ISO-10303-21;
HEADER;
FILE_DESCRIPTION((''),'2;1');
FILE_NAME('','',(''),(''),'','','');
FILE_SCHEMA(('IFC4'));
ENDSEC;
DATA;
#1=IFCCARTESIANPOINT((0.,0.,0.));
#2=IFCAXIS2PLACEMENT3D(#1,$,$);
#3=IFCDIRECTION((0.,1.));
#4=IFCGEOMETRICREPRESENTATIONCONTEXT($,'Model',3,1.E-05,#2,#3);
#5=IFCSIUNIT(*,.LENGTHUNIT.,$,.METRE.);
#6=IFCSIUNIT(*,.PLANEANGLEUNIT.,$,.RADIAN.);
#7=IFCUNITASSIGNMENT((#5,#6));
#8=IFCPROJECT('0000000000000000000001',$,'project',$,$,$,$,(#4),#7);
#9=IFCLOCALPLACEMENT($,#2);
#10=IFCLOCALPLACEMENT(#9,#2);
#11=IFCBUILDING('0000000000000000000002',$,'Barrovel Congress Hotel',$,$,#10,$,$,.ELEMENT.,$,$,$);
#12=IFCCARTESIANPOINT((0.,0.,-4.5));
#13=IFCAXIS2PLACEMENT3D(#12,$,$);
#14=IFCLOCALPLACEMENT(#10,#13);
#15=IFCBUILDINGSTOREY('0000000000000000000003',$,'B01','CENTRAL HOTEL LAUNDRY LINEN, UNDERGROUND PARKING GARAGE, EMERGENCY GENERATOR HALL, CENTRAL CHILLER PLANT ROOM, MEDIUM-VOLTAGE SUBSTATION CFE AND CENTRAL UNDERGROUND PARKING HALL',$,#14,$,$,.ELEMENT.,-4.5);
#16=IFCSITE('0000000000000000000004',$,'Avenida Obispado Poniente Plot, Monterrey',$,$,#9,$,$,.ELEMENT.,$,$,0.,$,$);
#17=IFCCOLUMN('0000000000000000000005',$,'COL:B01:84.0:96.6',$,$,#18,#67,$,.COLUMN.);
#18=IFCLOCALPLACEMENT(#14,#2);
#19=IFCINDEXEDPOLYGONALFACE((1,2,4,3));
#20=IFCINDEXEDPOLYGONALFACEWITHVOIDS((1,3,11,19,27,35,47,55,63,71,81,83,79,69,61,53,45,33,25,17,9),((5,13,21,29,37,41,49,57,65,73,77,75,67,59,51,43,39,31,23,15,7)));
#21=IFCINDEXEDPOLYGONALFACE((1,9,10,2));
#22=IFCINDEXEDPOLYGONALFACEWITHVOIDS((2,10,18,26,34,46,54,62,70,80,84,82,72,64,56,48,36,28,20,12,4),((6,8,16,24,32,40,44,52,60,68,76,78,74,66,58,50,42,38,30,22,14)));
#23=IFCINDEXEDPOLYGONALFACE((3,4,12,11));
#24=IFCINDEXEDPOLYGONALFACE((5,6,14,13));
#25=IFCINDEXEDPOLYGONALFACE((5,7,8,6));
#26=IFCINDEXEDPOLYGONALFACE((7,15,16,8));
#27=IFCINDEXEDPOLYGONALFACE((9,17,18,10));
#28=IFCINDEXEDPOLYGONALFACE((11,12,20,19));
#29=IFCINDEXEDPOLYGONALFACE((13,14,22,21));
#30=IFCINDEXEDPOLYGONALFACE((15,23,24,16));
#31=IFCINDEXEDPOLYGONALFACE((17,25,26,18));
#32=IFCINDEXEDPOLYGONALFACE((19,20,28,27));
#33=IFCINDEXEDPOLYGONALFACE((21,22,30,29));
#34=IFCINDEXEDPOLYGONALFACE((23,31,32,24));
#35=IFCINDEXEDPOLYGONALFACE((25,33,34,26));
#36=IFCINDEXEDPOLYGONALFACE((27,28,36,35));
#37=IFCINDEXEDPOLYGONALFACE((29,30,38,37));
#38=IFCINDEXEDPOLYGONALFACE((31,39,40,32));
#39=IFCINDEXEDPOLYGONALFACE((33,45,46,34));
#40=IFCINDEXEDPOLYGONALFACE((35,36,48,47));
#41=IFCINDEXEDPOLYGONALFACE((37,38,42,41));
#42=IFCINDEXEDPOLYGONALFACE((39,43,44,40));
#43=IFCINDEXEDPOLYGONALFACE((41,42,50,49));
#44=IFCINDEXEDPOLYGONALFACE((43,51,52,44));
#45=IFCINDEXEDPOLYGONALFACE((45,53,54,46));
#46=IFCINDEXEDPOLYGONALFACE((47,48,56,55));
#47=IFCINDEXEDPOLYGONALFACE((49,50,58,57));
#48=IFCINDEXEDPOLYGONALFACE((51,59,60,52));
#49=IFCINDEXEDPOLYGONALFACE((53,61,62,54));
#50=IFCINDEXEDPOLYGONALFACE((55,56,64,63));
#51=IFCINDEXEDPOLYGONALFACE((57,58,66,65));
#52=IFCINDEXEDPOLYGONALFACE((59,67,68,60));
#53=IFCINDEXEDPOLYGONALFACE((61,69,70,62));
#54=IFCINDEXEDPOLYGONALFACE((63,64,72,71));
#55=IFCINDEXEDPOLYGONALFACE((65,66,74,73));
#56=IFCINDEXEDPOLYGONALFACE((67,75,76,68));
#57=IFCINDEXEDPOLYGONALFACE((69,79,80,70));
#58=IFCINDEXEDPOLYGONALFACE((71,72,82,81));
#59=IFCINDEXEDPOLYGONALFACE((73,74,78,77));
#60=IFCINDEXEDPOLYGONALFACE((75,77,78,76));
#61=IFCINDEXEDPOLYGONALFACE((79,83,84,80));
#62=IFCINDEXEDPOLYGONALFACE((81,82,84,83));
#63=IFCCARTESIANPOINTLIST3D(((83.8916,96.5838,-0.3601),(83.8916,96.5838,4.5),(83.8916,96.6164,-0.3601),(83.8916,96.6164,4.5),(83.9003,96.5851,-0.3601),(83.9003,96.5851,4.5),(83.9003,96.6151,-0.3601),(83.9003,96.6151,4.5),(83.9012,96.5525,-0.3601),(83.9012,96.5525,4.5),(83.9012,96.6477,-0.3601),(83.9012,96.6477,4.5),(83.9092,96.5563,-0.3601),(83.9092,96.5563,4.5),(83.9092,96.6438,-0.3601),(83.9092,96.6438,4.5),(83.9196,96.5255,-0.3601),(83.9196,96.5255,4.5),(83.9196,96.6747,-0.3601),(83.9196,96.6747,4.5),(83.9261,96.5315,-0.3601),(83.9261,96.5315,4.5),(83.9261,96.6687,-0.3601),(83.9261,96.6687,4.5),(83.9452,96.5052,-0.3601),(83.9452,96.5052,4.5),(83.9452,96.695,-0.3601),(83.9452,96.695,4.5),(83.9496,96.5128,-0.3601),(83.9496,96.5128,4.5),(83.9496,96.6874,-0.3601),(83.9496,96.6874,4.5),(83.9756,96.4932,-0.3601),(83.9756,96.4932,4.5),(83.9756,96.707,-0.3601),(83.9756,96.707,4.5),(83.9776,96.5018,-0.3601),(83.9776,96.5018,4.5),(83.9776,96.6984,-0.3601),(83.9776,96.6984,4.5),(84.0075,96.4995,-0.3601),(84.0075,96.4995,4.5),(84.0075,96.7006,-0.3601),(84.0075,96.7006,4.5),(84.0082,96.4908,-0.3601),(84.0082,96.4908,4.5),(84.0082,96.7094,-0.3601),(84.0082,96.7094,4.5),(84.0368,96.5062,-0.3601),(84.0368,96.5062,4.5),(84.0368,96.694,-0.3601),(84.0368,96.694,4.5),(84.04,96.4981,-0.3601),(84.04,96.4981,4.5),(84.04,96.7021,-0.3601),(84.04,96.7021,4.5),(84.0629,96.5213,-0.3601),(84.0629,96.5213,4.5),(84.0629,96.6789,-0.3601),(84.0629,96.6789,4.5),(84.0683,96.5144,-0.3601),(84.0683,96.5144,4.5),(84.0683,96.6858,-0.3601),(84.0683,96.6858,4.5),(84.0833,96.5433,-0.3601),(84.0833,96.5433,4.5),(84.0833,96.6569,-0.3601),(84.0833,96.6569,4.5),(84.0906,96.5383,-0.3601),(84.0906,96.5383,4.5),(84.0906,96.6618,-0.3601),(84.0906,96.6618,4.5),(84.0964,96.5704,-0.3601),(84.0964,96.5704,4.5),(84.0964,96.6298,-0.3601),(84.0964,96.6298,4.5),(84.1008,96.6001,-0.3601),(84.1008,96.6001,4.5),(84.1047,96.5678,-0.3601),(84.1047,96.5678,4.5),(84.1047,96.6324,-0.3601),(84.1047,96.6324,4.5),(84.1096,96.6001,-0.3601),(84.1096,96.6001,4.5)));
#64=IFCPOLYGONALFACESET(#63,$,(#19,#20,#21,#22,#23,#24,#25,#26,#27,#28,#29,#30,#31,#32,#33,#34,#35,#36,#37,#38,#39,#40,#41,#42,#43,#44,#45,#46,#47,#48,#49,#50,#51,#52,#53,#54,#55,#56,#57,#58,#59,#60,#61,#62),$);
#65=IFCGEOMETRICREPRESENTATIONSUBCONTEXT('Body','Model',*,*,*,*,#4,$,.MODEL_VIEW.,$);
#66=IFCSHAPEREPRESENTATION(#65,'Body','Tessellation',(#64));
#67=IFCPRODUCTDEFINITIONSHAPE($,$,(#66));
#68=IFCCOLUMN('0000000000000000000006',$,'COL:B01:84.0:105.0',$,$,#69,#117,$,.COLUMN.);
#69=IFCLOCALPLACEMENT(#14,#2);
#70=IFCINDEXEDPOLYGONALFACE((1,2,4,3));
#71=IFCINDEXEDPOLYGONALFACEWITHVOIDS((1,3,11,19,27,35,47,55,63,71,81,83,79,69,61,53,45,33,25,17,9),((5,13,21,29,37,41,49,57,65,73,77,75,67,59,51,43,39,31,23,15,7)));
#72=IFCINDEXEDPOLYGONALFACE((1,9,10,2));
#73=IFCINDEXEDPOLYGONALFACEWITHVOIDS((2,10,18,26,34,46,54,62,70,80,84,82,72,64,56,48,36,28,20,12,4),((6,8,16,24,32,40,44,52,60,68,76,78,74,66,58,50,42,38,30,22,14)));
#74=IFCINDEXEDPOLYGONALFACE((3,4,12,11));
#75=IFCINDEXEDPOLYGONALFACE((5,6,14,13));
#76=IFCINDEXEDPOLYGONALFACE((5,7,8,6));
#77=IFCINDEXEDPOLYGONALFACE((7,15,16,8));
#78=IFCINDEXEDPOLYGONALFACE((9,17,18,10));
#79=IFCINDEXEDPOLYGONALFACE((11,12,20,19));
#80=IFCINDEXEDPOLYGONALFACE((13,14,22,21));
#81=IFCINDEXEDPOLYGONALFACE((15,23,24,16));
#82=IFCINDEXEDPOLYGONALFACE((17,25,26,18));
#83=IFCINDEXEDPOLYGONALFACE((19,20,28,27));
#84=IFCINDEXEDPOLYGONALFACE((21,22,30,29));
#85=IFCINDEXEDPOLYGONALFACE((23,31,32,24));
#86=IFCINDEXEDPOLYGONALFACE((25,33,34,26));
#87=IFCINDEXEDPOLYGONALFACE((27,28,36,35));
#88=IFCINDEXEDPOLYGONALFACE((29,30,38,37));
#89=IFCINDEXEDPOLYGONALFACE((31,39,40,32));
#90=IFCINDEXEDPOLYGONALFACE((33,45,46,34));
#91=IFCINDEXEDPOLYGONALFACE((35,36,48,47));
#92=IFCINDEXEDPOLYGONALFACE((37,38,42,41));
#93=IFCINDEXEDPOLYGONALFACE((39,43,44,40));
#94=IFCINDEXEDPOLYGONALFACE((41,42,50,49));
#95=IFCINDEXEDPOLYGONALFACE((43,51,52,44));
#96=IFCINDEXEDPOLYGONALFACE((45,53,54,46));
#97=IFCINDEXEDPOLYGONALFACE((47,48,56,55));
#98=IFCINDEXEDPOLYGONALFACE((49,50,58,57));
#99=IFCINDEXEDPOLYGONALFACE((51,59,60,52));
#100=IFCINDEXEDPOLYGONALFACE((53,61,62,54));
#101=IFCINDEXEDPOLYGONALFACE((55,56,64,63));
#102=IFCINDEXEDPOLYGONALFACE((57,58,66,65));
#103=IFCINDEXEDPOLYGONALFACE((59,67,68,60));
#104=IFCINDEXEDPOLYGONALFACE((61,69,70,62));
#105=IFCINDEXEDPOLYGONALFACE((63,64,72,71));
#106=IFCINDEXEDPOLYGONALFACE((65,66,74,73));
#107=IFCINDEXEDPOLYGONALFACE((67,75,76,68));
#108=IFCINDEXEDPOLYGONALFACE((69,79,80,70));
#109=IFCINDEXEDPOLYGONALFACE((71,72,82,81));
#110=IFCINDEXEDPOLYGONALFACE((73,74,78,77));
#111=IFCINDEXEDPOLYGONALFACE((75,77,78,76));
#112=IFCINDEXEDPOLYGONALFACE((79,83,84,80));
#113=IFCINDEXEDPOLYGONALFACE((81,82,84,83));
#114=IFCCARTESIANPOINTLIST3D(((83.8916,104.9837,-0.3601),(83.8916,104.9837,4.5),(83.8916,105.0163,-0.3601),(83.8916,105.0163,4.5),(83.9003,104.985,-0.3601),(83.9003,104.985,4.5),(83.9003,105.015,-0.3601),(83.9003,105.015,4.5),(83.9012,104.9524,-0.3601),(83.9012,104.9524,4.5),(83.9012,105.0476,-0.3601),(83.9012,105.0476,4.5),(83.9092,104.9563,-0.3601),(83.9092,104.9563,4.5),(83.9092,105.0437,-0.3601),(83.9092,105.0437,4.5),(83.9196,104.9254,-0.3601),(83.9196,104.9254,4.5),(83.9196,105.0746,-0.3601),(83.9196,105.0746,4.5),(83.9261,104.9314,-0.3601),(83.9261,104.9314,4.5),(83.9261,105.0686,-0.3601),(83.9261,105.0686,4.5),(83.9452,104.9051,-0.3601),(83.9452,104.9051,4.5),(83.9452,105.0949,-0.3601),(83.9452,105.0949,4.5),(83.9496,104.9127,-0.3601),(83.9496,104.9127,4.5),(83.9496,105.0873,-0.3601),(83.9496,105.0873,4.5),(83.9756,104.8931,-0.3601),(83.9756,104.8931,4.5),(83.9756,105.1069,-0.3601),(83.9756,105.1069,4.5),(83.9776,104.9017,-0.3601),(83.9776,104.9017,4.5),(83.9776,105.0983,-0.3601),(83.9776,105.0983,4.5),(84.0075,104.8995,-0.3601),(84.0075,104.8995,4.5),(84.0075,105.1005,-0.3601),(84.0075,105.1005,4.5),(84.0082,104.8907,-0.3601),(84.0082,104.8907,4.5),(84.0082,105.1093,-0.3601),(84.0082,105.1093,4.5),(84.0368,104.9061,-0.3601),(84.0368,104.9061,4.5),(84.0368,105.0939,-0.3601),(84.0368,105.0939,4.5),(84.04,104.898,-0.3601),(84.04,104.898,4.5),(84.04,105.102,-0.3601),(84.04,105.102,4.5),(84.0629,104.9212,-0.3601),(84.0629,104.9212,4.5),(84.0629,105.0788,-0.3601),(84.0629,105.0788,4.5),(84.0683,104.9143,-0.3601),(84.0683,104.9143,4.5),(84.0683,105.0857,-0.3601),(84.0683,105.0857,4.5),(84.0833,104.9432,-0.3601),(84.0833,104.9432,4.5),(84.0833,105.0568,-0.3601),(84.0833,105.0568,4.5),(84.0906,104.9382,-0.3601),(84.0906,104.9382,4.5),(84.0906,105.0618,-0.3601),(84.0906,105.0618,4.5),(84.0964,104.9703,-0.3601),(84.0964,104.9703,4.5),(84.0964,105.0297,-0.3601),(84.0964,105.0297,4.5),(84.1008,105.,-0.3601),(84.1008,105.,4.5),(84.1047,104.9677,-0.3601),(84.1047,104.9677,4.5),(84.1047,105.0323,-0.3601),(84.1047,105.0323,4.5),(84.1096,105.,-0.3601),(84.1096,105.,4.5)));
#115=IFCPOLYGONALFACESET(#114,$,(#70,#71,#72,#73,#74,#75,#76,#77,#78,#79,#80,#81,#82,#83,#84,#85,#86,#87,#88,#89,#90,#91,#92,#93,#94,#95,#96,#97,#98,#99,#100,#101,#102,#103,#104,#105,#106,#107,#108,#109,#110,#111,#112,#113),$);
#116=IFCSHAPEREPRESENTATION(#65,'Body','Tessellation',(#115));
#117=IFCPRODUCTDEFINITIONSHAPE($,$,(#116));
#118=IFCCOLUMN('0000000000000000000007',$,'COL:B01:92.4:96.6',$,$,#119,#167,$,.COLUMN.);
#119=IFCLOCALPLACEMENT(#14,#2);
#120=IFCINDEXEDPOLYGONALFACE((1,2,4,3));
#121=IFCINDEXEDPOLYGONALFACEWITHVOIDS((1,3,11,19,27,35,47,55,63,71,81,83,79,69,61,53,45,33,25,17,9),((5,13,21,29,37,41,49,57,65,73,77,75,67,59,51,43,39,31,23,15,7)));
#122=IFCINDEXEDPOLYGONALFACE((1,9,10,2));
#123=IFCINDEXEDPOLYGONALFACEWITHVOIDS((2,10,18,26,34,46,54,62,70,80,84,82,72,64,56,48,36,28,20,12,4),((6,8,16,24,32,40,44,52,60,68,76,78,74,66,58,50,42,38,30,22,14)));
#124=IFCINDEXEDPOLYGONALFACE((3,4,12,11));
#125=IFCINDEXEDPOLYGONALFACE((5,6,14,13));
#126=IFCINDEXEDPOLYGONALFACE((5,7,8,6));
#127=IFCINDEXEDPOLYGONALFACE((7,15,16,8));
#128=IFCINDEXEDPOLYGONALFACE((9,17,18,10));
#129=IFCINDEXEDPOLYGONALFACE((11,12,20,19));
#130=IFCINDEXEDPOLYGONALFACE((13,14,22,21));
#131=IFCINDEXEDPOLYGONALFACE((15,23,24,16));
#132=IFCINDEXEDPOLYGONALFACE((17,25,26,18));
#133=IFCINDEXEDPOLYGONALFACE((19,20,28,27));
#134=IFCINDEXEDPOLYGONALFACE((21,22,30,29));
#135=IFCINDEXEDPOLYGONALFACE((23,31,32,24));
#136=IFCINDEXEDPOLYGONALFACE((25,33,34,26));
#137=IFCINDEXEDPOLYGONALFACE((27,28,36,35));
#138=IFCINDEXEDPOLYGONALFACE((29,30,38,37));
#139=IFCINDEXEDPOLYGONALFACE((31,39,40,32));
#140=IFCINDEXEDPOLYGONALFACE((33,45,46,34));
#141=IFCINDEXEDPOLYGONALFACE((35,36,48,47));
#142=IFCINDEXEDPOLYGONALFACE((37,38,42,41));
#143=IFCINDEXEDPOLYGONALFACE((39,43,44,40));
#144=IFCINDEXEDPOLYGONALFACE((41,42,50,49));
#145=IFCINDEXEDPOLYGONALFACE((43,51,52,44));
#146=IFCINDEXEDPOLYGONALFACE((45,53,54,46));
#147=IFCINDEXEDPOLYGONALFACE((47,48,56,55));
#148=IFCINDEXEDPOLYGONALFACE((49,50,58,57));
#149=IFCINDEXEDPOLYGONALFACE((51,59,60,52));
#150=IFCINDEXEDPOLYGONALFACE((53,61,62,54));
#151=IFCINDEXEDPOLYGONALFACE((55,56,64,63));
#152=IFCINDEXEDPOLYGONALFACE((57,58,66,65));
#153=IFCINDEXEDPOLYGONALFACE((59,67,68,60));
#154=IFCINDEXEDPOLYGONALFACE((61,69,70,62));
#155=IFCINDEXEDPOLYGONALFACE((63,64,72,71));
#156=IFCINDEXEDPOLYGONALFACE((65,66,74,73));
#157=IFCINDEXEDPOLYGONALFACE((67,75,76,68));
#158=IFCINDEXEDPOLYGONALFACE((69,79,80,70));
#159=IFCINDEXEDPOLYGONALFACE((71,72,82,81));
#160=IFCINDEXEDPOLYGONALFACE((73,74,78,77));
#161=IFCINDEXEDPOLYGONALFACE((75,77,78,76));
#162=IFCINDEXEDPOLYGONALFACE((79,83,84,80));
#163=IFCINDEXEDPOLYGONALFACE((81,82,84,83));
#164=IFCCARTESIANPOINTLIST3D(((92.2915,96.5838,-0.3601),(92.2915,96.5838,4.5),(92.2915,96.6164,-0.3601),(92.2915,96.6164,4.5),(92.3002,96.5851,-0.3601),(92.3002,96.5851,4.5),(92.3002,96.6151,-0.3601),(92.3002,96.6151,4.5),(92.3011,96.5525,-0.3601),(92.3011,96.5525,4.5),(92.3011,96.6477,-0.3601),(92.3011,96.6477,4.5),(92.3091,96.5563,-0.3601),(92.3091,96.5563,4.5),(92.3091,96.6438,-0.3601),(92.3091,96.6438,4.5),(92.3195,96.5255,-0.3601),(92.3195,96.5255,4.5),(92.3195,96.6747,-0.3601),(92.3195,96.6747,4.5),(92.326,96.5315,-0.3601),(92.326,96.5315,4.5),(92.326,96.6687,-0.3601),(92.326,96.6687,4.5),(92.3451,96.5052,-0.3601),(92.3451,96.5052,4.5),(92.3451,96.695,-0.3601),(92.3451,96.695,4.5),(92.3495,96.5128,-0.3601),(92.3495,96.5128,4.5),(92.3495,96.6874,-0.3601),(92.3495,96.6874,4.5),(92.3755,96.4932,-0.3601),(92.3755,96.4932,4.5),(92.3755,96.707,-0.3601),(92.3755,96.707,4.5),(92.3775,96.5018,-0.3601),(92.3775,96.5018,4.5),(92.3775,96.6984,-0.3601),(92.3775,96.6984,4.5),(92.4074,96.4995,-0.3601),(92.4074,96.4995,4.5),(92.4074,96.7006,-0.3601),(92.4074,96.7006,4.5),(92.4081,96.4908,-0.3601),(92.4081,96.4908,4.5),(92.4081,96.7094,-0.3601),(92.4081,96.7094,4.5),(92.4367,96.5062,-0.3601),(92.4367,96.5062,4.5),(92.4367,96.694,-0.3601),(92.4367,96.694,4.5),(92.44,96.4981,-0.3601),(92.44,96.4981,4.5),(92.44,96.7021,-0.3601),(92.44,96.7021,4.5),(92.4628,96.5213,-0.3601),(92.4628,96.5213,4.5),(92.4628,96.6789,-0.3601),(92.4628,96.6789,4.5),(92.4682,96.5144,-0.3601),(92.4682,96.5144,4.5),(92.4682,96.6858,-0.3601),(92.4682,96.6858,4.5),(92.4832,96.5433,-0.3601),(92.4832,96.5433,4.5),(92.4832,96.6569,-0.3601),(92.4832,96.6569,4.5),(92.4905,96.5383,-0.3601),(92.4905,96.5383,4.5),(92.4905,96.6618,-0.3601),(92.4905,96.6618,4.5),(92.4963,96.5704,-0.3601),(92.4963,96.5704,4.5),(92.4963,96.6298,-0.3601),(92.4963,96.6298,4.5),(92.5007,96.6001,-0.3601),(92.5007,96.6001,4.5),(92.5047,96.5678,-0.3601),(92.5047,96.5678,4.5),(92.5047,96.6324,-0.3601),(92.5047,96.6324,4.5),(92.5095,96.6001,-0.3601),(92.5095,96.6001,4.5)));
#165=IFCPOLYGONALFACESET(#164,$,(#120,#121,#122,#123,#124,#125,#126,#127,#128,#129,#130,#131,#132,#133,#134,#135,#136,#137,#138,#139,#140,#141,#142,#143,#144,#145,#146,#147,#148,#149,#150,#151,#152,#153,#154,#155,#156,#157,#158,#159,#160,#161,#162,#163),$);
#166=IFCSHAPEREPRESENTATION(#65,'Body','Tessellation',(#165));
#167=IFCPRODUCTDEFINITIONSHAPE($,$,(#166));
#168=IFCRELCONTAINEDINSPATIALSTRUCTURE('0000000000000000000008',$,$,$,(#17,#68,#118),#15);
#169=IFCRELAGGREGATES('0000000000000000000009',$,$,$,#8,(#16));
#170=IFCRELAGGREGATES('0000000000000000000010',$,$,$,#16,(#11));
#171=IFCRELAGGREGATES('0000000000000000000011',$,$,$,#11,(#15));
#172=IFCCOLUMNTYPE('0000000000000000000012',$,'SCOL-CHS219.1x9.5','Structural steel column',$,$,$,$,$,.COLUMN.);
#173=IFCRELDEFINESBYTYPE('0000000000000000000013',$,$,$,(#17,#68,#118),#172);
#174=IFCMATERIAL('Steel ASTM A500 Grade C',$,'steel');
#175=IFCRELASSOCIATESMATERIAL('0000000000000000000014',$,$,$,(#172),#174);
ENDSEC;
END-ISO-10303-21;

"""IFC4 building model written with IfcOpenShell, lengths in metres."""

from ifc_helpers import new_model, si_unit, direction, frame, origin, origin_2d, place, context, subcontext, project, spatial, hollow_circle, extrude, material, material_profile, profile_set, type_object, element, save


model = new_model("IFC4")

# Units and contexts
model_context = context("Model", 3, precision=1e-05, world=origin(), true_north=direction((0.0, 1.0)))
body_context = subcontext(model_context, "Body", "Model", "MODEL_VIEW")
ifc_project = project(units=[si_unit("LENGTHUNIT", "METRE"), si_unit("PLANEANGLEUNIT", "RADIAN")], contexts=[model_context])

# Site, building, storey
site_placement = place(None, origin())
site = spatial("IfcSite", under=ifc_project, at=site_placement, Name="Avenida Obispado Poniente Plot, Monterrey", CompositionType="ELEMENT", RefElevation=0.0)
building_placement = place(site_placement, origin())
building = spatial("IfcBuilding", under=site, at=building_placement, Name="Barrovel Congress Hotel", CompositionType="ELEMENT")
storey_placement = place(building_placement, frame((0.0, 0.0, -4.5)))
storey = spatial("IfcBuildingStorey", under=building, at=storey_placement, Name="B01", Description="CENTRAL HOTEL LAUNDRY LINEN, UNDERGROUND PARKING GARAGE, EMERGENCY GENERATOR HALL, CENTRAL CHILLER PLANT ROOM, MEDIUM-VOLTAGE SUBSTATION CFE AND CENTRAL UNDERGROUND PARKING HALL", CompositionType="ELEMENT", Elevation=-4.5)

# Columns
ifc_material_1 = material(Name="Steel ASTM A500 Grade C", Category="steel")
ifc_material_profile_1 = material_profile(ifc_material_1, hollow_circle(Radius=0.1096, WallThickness=0.0088, at=origin_2d()), Name="CHS219.1x9.5")
ifc_profile_set_1 = profile_set([ifc_material_profile_1], Name="Steel ASTM A500 Grade C")
column_type_1 = type_object("IfcColumnType", Name="SCOL-CHS219.1x9.5", Description="Structural steel column", PredefinedType="COLUMN", material=ifc_profile_set_1)
for number, where, z_axis, x_axis, name in (
    (1, (84.0, 96.6001, -0.3601), (0.0, 0.0, 1.0), (1.0, 0.0, 0.0), "COL:B01:84.0:96.6"),
    (2, (84.0, 105.0, -0.3601), (0.0, 0.0, 1.0), (1.0, 0.0, 0.0), "COL:B01:84.0:105.0"),
    (3, (92.3999, 96.6001, -0.3601), (0.0, 0.0, 1.0), (1.0, 0.0, 0.0), "COL:B01:92.4:96.6"),
):
    element("IfcColumn", number, at=place(storey_placement, frame(where, z_axis=z_axis, x_axis=x_axis)), inside=storey, type_object=column_type_1, Name=name, PredefinedType="COLUMN", context=body_context, shape_type="SweptSolid", body=[
        extrude(hollow_circle(Radius=0.1096, WallThickness=0.0088, at=origin_2d()), origin(), (0.0, 0.0, 1.0), 4.8601),
    ])

save(model, "model.ifc")
